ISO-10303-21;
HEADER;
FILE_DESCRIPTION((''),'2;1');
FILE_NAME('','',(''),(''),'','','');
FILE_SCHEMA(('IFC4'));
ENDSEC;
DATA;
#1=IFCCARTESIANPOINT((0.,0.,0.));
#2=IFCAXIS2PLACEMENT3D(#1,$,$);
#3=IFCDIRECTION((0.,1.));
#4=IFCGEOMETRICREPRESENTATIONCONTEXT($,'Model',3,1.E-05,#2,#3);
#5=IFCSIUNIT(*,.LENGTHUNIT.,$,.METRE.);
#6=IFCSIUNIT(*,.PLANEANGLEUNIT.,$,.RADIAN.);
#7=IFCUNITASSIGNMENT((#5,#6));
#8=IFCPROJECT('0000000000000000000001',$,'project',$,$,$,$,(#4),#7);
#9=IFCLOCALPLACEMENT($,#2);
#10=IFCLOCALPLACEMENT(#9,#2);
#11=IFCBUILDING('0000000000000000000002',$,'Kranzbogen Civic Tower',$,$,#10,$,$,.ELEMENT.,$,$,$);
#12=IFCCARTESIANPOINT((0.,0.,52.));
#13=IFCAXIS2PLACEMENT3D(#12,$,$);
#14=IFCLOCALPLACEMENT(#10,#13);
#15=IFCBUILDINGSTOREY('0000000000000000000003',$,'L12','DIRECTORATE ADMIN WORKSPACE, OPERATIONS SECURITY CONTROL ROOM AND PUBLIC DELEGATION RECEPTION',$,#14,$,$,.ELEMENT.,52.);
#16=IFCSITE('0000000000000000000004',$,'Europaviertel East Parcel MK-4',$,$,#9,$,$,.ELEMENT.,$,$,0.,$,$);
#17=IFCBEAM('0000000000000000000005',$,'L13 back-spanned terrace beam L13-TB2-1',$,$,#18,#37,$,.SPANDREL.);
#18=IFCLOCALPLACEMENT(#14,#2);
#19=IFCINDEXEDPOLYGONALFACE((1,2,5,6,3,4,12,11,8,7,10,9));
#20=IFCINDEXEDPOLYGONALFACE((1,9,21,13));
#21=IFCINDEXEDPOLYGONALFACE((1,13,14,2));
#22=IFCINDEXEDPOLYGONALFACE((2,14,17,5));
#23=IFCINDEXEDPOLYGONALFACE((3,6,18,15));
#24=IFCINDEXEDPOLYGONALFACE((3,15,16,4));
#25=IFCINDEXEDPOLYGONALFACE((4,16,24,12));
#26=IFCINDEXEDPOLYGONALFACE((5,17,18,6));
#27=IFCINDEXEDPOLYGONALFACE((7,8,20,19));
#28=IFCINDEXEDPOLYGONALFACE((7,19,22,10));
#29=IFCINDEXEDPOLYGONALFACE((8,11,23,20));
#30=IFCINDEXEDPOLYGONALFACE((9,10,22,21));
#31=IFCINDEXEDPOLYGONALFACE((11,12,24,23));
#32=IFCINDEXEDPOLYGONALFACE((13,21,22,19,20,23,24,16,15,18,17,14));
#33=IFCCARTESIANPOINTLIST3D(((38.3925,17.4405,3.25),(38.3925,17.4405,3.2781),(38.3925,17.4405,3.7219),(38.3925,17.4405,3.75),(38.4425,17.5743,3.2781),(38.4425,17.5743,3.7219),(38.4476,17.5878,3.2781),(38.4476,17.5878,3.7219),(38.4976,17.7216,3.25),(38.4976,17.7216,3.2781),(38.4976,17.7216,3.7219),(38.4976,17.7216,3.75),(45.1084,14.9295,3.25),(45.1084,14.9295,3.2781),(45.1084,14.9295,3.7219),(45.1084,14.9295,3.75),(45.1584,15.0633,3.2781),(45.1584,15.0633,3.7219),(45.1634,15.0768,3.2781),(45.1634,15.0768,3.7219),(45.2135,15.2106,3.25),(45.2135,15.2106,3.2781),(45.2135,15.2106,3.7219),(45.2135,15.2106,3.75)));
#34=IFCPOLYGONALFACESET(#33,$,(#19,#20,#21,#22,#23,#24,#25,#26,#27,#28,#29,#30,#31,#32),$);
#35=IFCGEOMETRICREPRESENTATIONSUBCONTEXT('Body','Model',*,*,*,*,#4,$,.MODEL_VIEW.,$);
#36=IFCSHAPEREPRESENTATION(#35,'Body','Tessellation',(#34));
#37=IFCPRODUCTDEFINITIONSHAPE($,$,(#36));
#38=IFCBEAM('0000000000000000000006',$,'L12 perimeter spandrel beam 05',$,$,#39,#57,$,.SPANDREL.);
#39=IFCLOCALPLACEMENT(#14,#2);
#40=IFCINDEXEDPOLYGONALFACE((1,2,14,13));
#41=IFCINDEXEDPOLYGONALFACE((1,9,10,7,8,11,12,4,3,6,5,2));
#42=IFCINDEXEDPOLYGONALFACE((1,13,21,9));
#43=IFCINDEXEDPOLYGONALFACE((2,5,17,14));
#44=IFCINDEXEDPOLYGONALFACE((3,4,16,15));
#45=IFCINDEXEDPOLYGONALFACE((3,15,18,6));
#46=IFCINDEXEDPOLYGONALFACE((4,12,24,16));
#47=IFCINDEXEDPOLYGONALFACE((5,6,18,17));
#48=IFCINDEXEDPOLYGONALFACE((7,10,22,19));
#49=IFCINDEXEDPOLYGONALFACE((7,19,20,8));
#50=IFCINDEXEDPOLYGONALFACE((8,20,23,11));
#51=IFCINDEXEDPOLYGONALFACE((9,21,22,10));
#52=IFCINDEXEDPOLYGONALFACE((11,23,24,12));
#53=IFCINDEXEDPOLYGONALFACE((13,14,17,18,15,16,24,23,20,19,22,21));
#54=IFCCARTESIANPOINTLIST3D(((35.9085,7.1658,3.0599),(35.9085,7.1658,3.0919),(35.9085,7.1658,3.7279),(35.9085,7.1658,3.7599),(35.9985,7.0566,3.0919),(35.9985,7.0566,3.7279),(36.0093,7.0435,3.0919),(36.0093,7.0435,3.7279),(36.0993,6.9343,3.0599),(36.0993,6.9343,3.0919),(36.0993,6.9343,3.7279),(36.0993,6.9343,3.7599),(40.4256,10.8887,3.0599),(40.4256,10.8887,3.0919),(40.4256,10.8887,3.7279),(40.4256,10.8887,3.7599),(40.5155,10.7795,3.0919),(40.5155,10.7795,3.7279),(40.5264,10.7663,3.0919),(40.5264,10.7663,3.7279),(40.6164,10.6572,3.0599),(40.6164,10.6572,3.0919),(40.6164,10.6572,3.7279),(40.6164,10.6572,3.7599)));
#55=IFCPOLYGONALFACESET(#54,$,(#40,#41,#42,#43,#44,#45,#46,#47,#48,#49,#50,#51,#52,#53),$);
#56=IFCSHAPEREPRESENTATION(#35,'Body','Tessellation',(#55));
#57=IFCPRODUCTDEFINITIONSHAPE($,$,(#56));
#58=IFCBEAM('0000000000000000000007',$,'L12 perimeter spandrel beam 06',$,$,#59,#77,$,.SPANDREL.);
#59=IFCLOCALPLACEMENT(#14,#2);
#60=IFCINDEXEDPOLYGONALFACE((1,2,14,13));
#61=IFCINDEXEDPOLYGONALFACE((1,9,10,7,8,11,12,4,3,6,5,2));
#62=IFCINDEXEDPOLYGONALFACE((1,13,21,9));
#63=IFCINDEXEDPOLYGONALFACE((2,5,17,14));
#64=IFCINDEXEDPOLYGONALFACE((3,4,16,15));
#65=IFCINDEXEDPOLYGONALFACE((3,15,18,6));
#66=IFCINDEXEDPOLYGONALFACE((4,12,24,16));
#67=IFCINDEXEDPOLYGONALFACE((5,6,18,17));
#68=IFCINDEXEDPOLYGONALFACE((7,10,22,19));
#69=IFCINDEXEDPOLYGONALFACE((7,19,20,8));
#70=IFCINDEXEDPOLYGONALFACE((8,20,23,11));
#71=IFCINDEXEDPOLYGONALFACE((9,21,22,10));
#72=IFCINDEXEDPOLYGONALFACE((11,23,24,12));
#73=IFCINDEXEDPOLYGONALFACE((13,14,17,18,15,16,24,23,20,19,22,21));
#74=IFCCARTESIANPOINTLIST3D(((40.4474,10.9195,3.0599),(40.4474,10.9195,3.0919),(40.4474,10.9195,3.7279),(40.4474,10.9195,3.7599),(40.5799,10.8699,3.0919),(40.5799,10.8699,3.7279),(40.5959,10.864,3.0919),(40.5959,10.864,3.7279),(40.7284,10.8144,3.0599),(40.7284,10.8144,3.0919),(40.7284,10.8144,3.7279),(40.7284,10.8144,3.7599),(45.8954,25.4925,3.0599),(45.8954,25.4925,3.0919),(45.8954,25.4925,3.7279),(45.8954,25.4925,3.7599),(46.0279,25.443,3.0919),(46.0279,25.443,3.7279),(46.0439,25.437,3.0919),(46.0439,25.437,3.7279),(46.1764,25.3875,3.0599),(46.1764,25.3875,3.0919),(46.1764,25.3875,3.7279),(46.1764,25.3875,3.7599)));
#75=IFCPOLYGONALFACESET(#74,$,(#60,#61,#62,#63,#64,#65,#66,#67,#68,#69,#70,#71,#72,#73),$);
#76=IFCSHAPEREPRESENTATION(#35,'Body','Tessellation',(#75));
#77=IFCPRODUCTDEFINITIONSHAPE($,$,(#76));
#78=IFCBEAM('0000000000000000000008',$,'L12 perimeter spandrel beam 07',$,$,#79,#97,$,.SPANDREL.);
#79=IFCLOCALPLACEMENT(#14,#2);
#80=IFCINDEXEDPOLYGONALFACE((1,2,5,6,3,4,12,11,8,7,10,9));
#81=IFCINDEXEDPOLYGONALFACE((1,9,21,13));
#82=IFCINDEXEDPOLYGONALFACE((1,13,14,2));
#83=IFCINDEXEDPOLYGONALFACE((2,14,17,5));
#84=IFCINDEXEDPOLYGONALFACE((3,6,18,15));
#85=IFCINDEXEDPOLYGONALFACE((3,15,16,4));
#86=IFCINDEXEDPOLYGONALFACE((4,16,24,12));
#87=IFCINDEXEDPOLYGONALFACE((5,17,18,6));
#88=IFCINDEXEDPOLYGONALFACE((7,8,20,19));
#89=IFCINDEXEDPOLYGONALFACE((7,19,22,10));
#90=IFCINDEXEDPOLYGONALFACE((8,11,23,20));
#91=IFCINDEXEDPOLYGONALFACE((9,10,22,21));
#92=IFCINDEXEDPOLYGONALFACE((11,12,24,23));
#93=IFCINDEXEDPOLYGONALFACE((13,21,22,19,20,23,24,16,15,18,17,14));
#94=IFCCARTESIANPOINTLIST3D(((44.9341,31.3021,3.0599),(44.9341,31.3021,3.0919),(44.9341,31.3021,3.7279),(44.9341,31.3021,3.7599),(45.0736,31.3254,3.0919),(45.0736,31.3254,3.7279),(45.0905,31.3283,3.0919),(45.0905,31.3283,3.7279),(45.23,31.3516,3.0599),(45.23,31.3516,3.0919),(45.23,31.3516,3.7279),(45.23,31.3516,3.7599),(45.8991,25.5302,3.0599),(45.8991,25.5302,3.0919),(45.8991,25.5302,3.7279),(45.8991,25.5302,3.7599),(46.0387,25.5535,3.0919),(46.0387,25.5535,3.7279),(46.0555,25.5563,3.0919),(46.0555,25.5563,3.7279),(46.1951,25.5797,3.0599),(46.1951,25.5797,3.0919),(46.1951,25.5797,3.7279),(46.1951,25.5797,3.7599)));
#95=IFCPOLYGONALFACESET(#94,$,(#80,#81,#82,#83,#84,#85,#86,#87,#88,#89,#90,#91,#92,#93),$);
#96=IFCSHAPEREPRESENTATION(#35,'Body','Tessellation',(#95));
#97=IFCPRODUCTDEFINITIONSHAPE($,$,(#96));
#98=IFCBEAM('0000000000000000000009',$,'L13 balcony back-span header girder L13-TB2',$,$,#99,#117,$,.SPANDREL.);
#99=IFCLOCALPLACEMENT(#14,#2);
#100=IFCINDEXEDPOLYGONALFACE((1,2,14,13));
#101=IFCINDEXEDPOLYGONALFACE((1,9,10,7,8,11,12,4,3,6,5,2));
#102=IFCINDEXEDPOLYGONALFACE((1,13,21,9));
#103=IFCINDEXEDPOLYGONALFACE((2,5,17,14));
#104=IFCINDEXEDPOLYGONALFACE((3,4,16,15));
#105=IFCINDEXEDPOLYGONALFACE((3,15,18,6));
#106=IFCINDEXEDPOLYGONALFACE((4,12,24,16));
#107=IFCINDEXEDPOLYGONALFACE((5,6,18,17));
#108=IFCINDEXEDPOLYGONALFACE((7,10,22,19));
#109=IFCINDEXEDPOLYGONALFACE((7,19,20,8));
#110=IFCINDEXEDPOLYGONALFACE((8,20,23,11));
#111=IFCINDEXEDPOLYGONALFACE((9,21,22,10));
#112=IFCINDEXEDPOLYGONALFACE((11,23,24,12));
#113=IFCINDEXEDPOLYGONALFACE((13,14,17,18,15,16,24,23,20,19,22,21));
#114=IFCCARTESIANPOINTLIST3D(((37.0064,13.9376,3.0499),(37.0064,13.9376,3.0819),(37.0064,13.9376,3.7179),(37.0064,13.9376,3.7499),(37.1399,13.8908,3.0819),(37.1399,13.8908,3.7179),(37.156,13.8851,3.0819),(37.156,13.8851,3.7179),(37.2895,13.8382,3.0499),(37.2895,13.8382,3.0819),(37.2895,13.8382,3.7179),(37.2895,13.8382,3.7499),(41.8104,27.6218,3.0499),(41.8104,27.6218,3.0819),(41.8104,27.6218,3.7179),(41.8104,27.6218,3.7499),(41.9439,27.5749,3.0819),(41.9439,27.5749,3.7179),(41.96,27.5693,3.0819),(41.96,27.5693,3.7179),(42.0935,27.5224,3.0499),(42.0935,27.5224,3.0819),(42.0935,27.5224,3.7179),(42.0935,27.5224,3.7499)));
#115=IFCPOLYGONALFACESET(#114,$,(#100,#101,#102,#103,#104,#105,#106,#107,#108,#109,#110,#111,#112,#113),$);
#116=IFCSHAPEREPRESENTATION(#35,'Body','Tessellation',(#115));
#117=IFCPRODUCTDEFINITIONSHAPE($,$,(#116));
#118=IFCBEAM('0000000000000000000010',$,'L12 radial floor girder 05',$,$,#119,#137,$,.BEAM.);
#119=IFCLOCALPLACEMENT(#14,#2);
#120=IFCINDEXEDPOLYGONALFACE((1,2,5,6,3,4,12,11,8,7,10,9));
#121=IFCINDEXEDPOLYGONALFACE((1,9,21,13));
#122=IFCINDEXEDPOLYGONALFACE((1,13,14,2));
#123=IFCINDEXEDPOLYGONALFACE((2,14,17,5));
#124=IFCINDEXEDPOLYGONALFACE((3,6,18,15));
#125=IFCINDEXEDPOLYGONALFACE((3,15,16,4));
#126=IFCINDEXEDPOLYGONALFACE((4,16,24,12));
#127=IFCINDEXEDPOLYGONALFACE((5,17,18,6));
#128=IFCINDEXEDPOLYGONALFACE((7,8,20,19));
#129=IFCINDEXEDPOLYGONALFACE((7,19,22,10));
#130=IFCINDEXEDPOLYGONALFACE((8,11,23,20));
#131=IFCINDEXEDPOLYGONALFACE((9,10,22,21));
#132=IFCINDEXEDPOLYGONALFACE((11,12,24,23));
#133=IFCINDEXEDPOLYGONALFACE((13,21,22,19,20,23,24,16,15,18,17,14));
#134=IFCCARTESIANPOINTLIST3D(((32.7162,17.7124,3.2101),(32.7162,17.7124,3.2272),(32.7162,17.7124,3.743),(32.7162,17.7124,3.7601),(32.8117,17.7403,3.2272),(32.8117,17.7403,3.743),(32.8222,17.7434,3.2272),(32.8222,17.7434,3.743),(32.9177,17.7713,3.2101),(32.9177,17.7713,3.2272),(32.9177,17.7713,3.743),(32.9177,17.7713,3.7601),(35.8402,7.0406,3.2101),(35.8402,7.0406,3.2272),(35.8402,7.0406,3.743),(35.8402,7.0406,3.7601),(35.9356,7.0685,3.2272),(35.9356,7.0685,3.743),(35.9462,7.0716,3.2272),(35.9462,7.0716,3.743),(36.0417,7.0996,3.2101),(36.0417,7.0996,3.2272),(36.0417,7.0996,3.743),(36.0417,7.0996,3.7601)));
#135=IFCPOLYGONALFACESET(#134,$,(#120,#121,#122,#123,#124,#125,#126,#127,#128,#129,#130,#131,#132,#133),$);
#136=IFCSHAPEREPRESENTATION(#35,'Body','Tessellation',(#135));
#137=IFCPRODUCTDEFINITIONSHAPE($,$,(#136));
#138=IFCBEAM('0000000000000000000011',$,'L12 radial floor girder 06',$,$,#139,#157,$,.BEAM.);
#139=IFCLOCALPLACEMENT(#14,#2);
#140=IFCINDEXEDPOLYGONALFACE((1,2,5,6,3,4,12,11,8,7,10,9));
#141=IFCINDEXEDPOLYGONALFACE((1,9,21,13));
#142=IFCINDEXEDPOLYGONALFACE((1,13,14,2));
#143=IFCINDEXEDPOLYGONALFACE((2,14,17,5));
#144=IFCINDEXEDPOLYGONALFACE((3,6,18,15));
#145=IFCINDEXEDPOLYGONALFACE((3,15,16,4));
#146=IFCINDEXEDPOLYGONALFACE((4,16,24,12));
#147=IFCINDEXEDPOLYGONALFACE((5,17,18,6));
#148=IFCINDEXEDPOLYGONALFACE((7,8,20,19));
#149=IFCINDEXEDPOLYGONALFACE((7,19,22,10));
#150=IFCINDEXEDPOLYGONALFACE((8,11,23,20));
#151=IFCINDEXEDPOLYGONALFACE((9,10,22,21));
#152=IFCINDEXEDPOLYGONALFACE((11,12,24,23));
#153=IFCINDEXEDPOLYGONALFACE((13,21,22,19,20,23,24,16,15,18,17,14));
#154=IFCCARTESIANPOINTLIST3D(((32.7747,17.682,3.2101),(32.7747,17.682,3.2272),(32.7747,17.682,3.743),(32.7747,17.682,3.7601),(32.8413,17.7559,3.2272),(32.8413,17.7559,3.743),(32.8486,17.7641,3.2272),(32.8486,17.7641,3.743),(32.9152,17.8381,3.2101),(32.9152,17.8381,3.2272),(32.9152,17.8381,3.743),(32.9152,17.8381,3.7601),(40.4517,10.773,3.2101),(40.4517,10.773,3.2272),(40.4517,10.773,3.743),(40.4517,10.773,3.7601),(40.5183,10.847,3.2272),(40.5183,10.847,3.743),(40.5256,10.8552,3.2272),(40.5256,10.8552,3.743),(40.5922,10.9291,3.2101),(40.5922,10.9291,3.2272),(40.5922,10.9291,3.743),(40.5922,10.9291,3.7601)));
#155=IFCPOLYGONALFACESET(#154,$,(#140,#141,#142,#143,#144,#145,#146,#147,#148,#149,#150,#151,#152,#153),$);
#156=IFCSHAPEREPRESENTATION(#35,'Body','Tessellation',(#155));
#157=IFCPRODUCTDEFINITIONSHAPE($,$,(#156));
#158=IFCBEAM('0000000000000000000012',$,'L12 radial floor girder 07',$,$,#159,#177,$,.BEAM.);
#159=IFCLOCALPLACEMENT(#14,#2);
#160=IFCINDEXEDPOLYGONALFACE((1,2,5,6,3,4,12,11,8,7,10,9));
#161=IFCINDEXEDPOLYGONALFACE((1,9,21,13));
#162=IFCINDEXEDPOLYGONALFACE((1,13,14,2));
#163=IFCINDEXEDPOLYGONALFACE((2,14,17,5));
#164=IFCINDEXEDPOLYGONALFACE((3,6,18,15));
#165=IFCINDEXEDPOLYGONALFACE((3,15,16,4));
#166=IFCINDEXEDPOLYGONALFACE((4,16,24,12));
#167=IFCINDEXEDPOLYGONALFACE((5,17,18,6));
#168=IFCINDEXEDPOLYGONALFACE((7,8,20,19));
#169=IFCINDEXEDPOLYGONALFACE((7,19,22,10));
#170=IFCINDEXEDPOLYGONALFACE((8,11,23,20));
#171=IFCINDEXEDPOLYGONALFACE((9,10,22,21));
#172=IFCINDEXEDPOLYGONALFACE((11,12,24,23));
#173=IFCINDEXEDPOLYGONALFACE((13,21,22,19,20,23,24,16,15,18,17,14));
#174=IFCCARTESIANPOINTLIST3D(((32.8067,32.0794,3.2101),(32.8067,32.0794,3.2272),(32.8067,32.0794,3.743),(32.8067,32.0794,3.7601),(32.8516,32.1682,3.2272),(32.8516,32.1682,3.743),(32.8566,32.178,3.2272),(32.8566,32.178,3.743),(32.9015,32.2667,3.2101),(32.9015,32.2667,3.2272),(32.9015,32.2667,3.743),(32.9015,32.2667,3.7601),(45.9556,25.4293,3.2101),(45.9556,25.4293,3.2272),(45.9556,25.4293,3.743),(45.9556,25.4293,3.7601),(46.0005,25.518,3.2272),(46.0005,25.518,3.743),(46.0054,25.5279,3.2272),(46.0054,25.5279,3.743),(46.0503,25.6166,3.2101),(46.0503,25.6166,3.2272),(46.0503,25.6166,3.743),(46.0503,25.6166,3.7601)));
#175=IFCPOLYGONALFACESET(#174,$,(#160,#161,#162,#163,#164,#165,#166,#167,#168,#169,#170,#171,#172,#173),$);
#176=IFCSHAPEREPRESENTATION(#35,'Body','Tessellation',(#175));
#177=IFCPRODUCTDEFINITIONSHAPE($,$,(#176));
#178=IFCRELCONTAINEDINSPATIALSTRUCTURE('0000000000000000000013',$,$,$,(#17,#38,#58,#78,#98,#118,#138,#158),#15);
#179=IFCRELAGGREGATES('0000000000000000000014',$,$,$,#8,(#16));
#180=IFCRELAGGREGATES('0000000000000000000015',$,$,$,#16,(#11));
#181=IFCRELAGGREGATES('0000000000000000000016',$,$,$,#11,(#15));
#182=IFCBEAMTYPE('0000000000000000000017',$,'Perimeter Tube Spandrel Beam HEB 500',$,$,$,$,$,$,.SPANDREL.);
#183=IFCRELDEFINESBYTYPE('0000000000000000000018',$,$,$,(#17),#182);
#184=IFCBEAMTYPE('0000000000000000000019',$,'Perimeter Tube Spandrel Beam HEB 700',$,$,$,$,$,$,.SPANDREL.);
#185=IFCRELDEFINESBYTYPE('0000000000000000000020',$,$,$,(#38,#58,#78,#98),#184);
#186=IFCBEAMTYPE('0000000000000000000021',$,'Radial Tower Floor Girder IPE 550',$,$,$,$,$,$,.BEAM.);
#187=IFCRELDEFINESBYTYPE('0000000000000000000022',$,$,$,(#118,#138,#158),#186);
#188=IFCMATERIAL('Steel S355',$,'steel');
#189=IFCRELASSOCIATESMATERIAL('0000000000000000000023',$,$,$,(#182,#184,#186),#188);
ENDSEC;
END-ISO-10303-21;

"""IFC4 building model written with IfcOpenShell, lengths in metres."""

from ifc_helpers import new_model, si_unit, direction, frame, origin, origin_2d, place, context, subcontext, project, spatial, i_section, extrude, material, material_profile, profile_set, type_object, element, save


model = new_model("IFC4")

# Units and contexts
model_context = context("Model", 3, precision=1e-05, world=origin(), true_north=direction((0.0, 1.0)))
body_context = subcontext(model_context, "Body", "Model", "MODEL_VIEW")
ifc_project = project(units=[si_unit("LENGTHUNIT", "METRE"), si_unit("PLANEANGLEUNIT", "RADIAN")], contexts=[model_context])

# Site, building, storey
site_placement = place(None, origin())
site = spatial("IfcSite", under=ifc_project, at=site_placement, Name="Europaviertel East Parcel MK-4", CompositionType="ELEMENT", RefElevation=0.0)
building_placement = place(site_placement, origin())
building = spatial("IfcBuilding", under=site, at=building_placement, Name="Kranzbogen Civic Tower", CompositionType="ELEMENT")
storey_placement = place(building_placement, frame((0.0, 0.0, 52.0)))
storey = spatial("IfcBuildingStorey", under=building, at=storey_placement, Name="L12", Description="DIRECTORATE ADMIN WORKSPACE, OPERATIONS SECURITY CONTROL ROOM AND PUBLIC DELEGATION RECEPTION", CompositionType="ELEMENT", Elevation=52.0)

# Shared definitions
ifc_material_1 = material(Name="Steel S355", Category="steel")

# Beams
ifc_material_profile_1 = material_profile(ifc_material_1, i_section(OverallWidth=0.3, OverallDepth=0.5, WebThickness=0.0144, FlangeThickness=0.0281, at=origin_2d()), Name="HEB 500")
ifc_profile_set_1 = profile_set([ifc_material_profile_1], Name="Steel S355")
beam_type_1 = type_object("IfcBeamType", Name="Perimeter Tube Spandrel Beam HEB 500", PredefinedType="SPANDREL", material=ifc_profile_set_1)
beam_1_placement = place(storey_placement, frame((38.4451, 17.5811, 3.5), z_axis=(0.93667, -0.350213, 0.0), x_axis=(0.350213, 0.93667, 0.0)))
element("IfcBeam", 1, at=beam_1_placement, inside=storey, type_object=beam_type_1, Name="L13 back-spanned terrace beam L13-TB2-1", PredefinedType="SPANDREL", context=body_context, shape_type="SweptSolid", body=[
    extrude(i_section(OverallWidth=0.3, OverallDepth=0.5, WebThickness=0.0144, FlangeThickness=0.0281, at=origin_2d()), origin(), (0.0, 0.0, 1.0), 7.1699),
])
ifc_material_profile_2 = material_profile(ifc_material_1, i_section(OverallWidth=0.3, OverallDepth=0.7, WebThickness=0.0171, FlangeThickness=0.032, at=origin_2d()), Name="HEB 700")
ifc_profile_set_2 = profile_set([ifc_material_profile_2], Name="Steel S355")
beam_type_2 = type_object("IfcBeamType", Name="Perimeter Tube Spandrel Beam HEB 700", PredefinedType="SPANDREL", material=ifc_profile_set_2)
beam_2_placement = place(storey_placement, frame((36.0039, 7.05, 3.4099), z_axis=(0.771683, 0.636007, 0.0), x_axis=(-0.636007, 0.771683, 0.0)))
element("IfcBeam", 2, at=beam_2_placement, inside=storey, type_object=beam_type_2, Name="L12 perimeter spandrel beam 05", PredefinedType="SPANDREL", context=body_context, shape_type="SweptSolid", body=[
    extrude(i_section(OverallWidth=0.3, OverallDepth=0.7, WebThickness=0.0171, FlangeThickness=0.032, at=origin_2d()), origin(), (0.0, 0.0, 1.0), 5.8535),
])
beam_3_placement = place(storey_placement, frame((40.5879, 10.8669, 3.4099), z_axis=(0.350172, 0.936685, 0.0), x_axis=(-0.936685, 0.350172, 0.0)))
element("IfcBeam", 3, at=beam_3_placement, inside=storey, type_object=beam_type_2, Name="L12 perimeter spandrel beam 06", PredefinedType="SPANDREL", context=body_context, shape_type="SweptSolid", body=[
    extrude(i_section(OverallWidth=0.3, OverallDepth=0.7, WebThickness=0.0171, FlangeThickness=0.032, at=origin_2d()), origin(), (0.0, 0.0, 1.0), 15.5581),
])
beam_4_placement = place(storey_placement, frame((46.0471, 25.5549, 3.4099), z_axis=(-0.164913, 0.986308, 0.0), x_axis=(-0.986308, -0.164913, 0.0)))
element("IfcBeam", 4, at=beam_4_placement, inside=storey, type_object=beam_type_2, Name="L12 perimeter spandrel beam 07", PredefinedType="SPANDREL", context=body_context, shape_type="SweptSolid", body=[
    extrude(i_section(OverallWidth=0.3, OverallDepth=0.7, WebThickness=0.0171, FlangeThickness=0.032, at=origin_2d()), origin(), (0.0, 0.0, 1.0), 5.8521),
])
beam_5_placement = place(storey_placement, frame((37.1479, 13.8879, 3.3999), z_axis=(0.331243, 0.943546, 0.0), x_axis=(-0.943546, 0.331243, 0.0)))
element("IfcBeam", 5, at=beam_5_placement, inside=storey, type_object=beam_type_2, Name="L13 balcony back-span header girder L13-TB2", PredefinedType="SPANDREL", context=body_context, shape_type="SweptSolid", body=[
    extrude(i_section(OverallWidth=0.3, OverallDepth=0.7, WebThickness=0.0171, FlangeThickness=0.032, at=origin_2d()), origin(), (0.0, 0.0, 1.0), 14.5029),
])
ifc_material_profile_3 = material_profile(ifc_material_1, i_section(OverallWidth=0.21, OverallDepth=0.55, WebThickness=0.011, FlangeThickness=0.0171, at=origin_2d()), Name="IPE 550")
ifc_profile_set_3 = profile_set([ifc_material_profile_3], Name="Steel S355")
beam_type_3 = type_object("IfcBeamType", Name="Radial Tower Floor Girder IPE 550", PredefinedType="BEAM", material=ifc_profile_set_3)
beam_6_placement = place(storey_placement, frame((35.9409, 7.0701, 3.4851), z_axis=(-0.280944, 0.959724, 0.0), x_axis=(-0.959724, -0.280944, 0.0)))
element("IfcBeam", 6, at=beam_6_placement, inside=storey, type_object=beam_type_3, Name="L12 radial floor girder 05", PredefinedType="BEAM", context=body_context, shape_type="SweptSolid", body=[
    extrude(i_section(OverallWidth=0.21, OverallDepth=0.55, WebThickness=0.011, FlangeThickness=0.0171, at=origin_2d()), origin(), (0.0, 0.0, 1.0), 11.1196),
])
beam_7_placement = place(storey_placement, frame((40.522, 10.8511, 3.4851), z_axis=(-0.743312, 0.668945, 0.0), x_axis=(-0.668945, -0.743312, 0.0)))
element("IfcBeam", 7, at=beam_7_placement, inside=storey, type_object=beam_type_3, Name="L12 radial floor girder 06", PredefinedType="BEAM", context=body_context, shape_type="SweptSolid", body=[
    extrude(i_section(OverallWidth=0.21, OverallDepth=0.55, WebThickness=0.011, FlangeThickness=0.0171, at=origin_2d()), origin(), (0.0, 0.0, 1.0), 10.3281),
])
beam_8_placement = place(storey_placement, frame((46.0029, 25.5229, 3.4851), z_axis=(-0.892363, 0.451318, 0.0), x_axis=(-0.451318, -0.892363, 0.0)))
element("IfcBeam", 8, at=beam_8_placement, inside=storey, type_object=beam_type_3, Name="L12 radial floor girder 07", PredefinedType="BEAM", context=body_context, shape_type="SweptSolid", body=[
    extrude(i_section(OverallWidth=0.21, OverallDepth=0.55, WebThickness=0.011, FlangeThickness=0.0171, at=origin_2d()), origin(), (0.0, 0.0, 1.0), 14.7349),
])

save(model, "model.ifc")
